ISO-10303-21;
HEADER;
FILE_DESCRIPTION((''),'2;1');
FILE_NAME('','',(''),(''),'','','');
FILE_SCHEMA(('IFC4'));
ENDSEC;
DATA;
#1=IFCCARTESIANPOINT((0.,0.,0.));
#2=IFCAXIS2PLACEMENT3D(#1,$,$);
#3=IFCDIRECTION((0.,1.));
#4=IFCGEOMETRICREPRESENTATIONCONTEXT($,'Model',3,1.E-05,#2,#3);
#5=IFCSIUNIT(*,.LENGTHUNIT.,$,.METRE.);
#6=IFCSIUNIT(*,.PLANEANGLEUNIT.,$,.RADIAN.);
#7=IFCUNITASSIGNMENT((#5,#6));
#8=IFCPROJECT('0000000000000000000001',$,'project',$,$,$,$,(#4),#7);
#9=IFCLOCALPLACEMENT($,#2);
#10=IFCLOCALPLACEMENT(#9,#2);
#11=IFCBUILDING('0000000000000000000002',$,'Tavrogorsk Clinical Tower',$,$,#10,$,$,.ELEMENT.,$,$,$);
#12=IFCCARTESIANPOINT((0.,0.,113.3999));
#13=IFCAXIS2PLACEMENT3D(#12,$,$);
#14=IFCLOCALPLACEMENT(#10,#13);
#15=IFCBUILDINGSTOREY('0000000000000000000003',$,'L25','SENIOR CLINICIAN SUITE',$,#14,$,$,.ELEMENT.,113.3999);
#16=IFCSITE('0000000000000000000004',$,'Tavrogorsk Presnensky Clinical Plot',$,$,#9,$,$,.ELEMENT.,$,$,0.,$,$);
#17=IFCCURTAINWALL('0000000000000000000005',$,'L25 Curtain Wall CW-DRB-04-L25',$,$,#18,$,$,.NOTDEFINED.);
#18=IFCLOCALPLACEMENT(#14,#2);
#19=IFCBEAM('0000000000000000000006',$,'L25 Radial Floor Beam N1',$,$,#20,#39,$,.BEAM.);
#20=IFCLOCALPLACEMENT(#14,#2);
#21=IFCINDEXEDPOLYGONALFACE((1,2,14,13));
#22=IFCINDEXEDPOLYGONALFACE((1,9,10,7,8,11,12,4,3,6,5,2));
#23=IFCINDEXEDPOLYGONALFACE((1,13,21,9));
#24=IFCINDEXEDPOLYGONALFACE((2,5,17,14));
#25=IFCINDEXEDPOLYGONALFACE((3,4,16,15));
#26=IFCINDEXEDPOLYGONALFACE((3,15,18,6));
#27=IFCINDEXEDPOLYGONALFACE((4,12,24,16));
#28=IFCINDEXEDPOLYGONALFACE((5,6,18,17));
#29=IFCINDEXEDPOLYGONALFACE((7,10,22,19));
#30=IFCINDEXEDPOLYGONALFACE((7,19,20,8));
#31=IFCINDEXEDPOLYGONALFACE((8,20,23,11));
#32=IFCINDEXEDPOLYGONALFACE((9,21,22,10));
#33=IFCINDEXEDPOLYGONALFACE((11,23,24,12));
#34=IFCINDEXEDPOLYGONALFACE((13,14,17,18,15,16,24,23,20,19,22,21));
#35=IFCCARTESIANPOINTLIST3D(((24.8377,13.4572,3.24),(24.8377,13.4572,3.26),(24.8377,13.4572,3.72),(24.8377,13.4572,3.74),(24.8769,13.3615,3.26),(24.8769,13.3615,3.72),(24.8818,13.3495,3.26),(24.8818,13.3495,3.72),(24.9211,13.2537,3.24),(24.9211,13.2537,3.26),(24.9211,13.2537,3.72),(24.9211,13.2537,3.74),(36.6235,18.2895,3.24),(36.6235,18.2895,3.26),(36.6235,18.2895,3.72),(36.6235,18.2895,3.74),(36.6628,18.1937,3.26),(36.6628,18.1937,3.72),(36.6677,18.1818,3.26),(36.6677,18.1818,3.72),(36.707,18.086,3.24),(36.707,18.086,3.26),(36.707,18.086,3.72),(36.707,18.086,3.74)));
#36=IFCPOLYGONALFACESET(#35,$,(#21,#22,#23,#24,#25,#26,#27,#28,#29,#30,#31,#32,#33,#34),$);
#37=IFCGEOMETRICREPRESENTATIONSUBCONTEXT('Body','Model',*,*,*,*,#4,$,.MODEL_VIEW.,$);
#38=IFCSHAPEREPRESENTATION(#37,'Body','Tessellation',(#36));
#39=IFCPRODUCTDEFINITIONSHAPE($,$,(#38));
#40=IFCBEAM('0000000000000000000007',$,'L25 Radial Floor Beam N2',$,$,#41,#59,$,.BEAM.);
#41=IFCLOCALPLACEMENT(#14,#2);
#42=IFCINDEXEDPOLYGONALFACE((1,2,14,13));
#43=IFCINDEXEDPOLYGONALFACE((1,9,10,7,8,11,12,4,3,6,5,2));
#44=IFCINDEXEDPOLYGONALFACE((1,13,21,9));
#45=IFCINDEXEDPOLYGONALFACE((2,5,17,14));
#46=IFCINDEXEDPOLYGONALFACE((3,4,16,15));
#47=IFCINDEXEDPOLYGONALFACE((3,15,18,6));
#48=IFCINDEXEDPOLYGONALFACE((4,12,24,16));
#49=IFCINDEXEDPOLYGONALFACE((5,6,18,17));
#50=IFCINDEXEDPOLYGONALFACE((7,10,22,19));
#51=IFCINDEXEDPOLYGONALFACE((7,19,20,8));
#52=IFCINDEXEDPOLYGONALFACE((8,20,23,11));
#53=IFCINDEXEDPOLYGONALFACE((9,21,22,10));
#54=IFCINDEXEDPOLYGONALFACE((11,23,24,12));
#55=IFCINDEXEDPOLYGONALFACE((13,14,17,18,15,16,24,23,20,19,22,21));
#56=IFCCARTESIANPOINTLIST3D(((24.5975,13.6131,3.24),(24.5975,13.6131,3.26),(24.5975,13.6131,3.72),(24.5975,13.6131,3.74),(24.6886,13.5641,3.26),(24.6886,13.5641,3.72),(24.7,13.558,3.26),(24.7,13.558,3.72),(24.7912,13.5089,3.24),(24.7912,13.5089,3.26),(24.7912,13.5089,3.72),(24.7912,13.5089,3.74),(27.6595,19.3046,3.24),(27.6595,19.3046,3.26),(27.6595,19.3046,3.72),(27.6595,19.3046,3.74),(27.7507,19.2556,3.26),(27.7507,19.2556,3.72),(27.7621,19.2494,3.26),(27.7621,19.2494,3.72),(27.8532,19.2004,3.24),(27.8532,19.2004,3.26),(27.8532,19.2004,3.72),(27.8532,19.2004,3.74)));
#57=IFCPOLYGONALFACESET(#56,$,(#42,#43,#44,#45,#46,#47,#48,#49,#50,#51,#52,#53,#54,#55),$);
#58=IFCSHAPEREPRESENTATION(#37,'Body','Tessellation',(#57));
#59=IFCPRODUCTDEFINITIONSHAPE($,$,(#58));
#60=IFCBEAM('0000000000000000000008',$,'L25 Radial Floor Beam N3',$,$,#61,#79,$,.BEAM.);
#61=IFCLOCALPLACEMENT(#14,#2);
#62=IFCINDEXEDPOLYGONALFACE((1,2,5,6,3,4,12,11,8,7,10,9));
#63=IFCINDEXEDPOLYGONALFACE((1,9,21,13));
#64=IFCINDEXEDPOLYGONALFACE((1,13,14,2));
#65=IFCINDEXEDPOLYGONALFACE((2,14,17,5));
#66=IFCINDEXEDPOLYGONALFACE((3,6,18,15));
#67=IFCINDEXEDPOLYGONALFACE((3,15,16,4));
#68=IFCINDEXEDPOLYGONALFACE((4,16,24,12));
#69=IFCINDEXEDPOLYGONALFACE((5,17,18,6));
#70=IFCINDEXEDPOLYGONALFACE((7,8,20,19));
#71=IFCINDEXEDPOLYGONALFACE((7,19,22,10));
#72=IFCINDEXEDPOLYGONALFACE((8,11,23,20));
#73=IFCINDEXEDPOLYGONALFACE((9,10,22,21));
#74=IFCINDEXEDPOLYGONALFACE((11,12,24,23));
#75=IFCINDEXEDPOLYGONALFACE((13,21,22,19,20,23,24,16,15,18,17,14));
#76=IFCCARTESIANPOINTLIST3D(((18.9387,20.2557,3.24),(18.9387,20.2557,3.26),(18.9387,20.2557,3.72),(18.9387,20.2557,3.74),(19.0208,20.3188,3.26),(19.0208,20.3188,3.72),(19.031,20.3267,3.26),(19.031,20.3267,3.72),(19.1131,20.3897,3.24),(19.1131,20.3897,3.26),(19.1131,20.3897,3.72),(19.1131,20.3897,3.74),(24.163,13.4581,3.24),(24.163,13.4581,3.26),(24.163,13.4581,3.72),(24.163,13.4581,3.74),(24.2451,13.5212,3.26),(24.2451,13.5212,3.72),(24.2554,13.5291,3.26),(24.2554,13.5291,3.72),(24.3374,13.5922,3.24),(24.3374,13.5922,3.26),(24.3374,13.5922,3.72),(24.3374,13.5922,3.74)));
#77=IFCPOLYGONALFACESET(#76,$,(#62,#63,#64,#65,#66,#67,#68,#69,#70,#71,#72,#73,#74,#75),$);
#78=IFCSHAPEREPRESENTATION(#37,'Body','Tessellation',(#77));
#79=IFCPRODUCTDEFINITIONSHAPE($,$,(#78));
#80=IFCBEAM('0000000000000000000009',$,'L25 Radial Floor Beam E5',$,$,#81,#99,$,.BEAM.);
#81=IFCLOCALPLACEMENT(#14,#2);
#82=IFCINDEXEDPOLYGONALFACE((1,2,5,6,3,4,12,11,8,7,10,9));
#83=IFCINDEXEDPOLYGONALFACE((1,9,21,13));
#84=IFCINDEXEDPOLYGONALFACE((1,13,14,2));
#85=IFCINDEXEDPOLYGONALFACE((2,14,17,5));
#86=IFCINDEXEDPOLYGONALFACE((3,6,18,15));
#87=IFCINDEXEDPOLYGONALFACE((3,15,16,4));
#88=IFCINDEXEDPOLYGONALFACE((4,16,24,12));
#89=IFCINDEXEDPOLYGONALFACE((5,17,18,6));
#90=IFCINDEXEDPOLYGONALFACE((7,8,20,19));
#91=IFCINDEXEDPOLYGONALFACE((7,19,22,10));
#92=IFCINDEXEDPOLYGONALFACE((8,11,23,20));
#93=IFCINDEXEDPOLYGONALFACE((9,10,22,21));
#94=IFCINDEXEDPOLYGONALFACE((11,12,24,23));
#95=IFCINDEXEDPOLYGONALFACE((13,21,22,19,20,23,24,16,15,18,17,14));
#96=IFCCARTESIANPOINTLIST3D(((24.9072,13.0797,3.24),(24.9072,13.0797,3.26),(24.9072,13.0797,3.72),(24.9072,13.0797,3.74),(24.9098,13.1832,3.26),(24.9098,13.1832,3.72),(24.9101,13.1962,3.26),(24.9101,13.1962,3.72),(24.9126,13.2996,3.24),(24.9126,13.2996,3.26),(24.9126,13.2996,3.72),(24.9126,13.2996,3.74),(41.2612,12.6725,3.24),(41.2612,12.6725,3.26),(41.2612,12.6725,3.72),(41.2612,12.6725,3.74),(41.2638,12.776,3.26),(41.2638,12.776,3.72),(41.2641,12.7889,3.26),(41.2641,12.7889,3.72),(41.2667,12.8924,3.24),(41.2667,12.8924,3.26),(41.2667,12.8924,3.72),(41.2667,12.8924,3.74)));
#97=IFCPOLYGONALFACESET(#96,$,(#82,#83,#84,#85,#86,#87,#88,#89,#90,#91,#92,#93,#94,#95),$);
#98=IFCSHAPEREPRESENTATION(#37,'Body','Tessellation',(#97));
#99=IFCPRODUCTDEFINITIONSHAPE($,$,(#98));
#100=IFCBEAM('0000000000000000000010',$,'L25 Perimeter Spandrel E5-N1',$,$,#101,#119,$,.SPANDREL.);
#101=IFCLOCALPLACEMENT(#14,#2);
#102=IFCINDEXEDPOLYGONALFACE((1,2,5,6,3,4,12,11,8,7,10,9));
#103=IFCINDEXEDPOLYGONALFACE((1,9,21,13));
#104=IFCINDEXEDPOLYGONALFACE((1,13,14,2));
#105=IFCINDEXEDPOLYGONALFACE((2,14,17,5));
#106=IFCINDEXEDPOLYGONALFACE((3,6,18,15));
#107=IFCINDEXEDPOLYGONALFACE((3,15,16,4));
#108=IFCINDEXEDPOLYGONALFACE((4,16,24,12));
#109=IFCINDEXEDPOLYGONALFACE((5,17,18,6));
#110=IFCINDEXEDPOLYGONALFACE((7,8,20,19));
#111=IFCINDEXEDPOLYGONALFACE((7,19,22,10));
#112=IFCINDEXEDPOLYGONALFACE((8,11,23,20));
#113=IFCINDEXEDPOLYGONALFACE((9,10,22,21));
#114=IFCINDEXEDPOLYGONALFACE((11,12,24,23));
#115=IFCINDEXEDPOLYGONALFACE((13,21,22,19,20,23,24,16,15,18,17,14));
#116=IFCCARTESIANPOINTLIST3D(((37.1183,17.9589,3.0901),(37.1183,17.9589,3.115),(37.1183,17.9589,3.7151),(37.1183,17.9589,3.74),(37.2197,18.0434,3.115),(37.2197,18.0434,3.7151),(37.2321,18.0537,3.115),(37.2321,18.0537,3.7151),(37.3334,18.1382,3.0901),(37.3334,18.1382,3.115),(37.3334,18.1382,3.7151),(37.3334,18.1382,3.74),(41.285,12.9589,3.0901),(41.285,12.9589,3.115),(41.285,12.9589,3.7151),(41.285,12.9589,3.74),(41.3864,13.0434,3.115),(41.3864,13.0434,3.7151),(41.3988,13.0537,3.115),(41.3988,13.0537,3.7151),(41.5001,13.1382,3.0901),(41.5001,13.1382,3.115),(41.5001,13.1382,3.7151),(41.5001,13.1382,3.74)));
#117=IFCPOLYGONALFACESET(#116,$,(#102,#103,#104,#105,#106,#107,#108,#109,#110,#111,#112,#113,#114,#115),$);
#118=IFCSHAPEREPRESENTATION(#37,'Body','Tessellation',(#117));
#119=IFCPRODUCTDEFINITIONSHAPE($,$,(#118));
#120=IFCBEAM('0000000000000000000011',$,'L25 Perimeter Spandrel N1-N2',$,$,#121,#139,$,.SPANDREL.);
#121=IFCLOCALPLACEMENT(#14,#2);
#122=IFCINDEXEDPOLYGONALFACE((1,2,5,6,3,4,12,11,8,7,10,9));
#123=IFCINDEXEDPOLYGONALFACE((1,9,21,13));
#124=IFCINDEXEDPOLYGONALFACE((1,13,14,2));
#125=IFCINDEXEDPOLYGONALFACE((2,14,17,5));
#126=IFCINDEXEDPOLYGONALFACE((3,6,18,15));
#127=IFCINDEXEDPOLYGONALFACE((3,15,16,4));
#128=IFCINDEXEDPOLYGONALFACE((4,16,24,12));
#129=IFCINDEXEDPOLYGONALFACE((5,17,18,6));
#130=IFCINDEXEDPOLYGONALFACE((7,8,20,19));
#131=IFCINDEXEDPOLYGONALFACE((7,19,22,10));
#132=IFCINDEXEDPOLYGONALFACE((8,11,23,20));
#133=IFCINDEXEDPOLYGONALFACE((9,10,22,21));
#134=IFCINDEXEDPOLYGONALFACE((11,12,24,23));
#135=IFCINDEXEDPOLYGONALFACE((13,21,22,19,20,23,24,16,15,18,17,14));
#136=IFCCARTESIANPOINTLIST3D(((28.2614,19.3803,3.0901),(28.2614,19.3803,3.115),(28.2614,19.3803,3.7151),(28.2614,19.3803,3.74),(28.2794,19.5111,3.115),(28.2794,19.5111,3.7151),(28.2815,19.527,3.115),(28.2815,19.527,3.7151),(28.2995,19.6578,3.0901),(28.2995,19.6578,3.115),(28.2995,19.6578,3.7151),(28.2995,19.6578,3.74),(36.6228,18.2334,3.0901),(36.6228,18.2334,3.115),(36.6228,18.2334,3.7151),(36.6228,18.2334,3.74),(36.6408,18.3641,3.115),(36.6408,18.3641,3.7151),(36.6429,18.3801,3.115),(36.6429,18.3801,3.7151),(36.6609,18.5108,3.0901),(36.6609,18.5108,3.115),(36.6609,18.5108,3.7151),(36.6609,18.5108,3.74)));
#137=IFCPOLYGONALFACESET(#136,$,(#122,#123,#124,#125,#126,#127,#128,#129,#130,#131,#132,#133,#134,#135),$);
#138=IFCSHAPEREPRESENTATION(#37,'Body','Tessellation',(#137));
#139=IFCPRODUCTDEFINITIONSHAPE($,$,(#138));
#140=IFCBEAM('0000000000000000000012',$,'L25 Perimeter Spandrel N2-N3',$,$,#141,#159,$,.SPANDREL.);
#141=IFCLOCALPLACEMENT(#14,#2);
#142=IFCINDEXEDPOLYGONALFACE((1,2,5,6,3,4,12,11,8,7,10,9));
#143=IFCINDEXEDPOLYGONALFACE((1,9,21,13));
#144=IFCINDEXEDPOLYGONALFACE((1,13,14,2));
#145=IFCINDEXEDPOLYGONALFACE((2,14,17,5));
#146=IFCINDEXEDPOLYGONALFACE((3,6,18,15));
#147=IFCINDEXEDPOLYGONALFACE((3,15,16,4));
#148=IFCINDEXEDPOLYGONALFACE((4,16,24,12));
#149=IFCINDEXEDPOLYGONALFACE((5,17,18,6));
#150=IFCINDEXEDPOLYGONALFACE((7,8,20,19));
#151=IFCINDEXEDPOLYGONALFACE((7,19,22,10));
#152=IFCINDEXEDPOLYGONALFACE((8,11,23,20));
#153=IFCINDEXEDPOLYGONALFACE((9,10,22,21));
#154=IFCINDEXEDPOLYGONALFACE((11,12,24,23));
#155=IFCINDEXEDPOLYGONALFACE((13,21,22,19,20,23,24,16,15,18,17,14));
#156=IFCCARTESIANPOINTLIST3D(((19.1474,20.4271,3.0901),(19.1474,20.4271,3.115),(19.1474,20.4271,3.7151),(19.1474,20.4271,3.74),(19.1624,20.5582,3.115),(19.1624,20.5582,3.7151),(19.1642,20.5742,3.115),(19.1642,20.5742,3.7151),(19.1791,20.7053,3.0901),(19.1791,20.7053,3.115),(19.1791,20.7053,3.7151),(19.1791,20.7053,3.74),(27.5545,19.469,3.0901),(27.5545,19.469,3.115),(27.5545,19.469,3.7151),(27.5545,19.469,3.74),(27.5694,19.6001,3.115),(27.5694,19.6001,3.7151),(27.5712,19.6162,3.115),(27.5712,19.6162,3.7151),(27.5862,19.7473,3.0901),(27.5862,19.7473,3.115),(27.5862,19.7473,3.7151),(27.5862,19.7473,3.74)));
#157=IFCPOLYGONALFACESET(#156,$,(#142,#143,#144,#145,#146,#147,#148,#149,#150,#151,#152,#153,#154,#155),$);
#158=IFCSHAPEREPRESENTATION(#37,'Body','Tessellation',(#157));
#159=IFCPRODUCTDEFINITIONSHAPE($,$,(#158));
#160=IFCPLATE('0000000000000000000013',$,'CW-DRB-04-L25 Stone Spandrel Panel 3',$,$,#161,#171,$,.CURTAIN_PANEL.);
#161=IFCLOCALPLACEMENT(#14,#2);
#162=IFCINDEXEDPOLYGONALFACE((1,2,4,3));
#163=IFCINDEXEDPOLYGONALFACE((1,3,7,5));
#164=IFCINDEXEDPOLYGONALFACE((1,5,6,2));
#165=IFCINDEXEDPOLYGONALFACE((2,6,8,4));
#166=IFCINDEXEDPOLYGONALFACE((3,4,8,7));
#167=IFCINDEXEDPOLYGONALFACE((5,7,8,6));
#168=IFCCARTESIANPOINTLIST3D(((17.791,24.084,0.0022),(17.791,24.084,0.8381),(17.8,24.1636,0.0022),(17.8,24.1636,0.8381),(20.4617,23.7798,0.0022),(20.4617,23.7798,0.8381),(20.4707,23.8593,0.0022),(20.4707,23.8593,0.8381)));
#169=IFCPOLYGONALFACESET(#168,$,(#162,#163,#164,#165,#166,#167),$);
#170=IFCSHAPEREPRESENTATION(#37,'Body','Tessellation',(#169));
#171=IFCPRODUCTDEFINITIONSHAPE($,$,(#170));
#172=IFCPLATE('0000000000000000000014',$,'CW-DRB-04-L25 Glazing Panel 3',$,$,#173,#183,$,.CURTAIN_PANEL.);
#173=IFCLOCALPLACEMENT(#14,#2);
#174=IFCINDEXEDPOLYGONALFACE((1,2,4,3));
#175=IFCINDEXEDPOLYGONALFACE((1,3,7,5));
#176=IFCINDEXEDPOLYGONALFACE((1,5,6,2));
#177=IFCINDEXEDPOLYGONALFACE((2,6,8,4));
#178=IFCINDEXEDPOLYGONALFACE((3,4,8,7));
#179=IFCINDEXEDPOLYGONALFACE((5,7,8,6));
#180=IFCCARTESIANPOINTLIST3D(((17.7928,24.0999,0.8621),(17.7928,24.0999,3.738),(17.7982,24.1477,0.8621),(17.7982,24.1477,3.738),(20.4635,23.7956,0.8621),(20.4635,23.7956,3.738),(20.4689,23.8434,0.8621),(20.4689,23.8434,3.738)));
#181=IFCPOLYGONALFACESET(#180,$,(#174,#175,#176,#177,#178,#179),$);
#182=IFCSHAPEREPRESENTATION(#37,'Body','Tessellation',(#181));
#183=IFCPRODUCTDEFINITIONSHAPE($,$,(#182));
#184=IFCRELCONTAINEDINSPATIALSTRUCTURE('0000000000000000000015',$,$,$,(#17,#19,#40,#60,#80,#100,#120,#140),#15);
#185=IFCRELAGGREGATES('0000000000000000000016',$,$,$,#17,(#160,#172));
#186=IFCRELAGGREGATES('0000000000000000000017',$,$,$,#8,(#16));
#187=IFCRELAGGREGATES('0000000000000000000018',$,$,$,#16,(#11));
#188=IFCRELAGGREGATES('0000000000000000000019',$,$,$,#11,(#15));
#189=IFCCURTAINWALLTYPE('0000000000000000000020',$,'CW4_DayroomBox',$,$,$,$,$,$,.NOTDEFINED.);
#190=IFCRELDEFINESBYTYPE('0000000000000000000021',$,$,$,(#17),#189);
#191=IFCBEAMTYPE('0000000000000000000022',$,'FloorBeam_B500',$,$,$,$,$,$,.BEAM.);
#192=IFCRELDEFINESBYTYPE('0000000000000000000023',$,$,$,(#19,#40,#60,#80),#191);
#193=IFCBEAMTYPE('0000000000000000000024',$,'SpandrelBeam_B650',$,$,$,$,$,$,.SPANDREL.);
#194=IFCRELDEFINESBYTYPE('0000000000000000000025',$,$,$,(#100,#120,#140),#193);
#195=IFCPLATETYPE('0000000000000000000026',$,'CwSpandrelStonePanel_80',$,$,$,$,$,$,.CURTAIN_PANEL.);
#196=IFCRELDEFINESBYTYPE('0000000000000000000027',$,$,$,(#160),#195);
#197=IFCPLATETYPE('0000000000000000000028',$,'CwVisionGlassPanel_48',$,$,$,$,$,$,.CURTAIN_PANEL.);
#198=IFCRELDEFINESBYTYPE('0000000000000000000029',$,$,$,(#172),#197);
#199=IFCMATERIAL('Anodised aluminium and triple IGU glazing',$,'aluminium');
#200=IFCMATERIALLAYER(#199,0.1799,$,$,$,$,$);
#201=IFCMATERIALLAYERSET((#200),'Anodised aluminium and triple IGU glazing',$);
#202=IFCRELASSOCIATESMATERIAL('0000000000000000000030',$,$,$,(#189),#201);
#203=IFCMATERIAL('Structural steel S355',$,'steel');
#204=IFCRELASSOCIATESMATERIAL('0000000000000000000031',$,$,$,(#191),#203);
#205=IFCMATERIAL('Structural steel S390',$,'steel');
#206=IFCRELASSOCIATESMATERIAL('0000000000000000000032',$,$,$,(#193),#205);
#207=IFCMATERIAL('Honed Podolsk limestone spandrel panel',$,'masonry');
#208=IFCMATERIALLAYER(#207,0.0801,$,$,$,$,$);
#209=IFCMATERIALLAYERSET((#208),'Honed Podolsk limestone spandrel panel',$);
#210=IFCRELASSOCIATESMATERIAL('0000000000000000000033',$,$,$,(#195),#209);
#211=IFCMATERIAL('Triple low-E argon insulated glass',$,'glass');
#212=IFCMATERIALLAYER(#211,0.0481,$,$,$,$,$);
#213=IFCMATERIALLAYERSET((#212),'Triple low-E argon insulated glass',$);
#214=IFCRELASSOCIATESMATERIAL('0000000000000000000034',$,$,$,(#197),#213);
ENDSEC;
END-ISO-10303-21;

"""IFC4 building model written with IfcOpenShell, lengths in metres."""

from ifc_helpers import new_model, si_unit, direction, frame, origin, origin_2d, place, context, subcontext, project, spatial, rectangle, i_section, extrude, material, layer, layer_set, material_profile, profile_set, type_object, element, aggregate, save


model = new_model("IFC4")

# Units and contexts
model_context = context("Model", 3, precision=1e-05, world=origin(), true_north=direction((0.0, 1.0)))
body_context = subcontext(model_context, "Body", "Model", "MODEL_VIEW")
ifc_project = project(units=[si_unit("LENGTHUNIT", "METRE"), si_unit("PLANEANGLEUNIT", "RADIAN")], contexts=[model_context])

# Site, building, storey
site_placement = place(None, origin())
site = spatial("IfcSite", under=ifc_project, at=site_placement, Name="Tavrogorsk Presnensky Clinical Plot", CompositionType="ELEMENT", RefElevation=0.0)
building_placement = place(site_placement, origin())
building = spatial("IfcBuilding", under=site, at=building_placement, Name="Tavrogorsk Clinical Tower", CompositionType="ELEMENT")
storey_placement = place(building_placement, frame((0.0, 0.0, 113.3999)))
storey = spatial("IfcBuildingStorey", under=building, at=storey_placement, Name="L25", Description="SENIOR CLINICIAN SUITE", CompositionType="ELEMENT", Elevation=113.3999)

# Curtain wall
ifc_material_1 = material(Name="Anodised aluminium and triple IGU glazing", Category="aluminium")
ifc_layer_1 = layer(ifc_material_1, 0.1799)
ifc_layer_set_1 = layer_set([ifc_layer_1], Name="Anodised aluminium and triple IGU glazing")
curtain_wall_type = type_object("IfcCurtainWallType", Name="CW4_DayroomBox", PredefinedType="NOTDEFINED", material=ifc_layer_set_1)
curtain_wall_placement = place(storey_placement, origin())
curtain_wall = element("IfcCurtainWall", 1, at=curtain_wall_placement, inside=storey, type_object=curtain_wall_type, Name="L25 Curtain Wall CW-DRB-04-L25", PredefinedType="NOTDEFINED")

# Beams
ifc_material_2 = material(Name="Structural steel S355", Category="steel")
ifc_material_profile_1 = material_profile(ifc_material_2, i_section(OverallWidth=0.22, OverallDepth=0.5, WebThickness=0.0129, FlangeThickness=0.02, at=origin_2d()), Name="B-500x220x13x20")
ifc_profile_set_1 = profile_set([ifc_material_profile_1], Name="Structural steel S355")
beam_type_1 = type_object("IfcBeamType", Name="FloorBeam_B500", PredefinedType="BEAM", material=ifc_profile_set_1)
beam_1_placement = place(storey_placement, frame((24.8794, 13.3555, 3.49), z_axis=(0.92525, 0.379357, 0.0), x_axis=(-0.379357, 0.92525, 0.0)))
element("IfcBeam", 2, at=beam_1_placement, inside=storey, type_object=beam_type_1, Name="L25 Radial Floor Beam N1", PredefinedType="BEAM", context=body_context, shape_type="SweptSolid", body=[
    extrude(i_section(OverallWidth=0.22, OverallDepth=0.5, WebThickness=0.0129, FlangeThickness=0.02, at=origin_2d()), origin(), (0.0, 0.0, 1.0), 12.738),
])
beam_2_placement = place(storey_placement, frame((24.6943, 13.561, 3.49), z_axis=(0.473789, 0.880638, 0.0), x_axis=(-0.880638, 0.473789, 0.0)))
element("IfcBeam", 3, at=beam_2_placement, inside=storey, type_object=beam_type_1, Name="L25 Radial Floor Beam N2", PredefinedType="BEAM", context=body_context, shape_type="SweptSolid", body=[
    extrude(i_section(OverallWidth=0.22, OverallDepth=0.5, WebThickness=0.0129, FlangeThickness=0.02, at=origin_2d()), origin(), (0.0, 0.0, 1.0), 6.4629),
])
beam_3_placement = place(storey_placement, frame((24.2502, 13.5251, 3.49), z_axis=(-0.609376, 0.792881, 0.0), x_axis=(-0.792881, -0.609376, 0.0)))
element("IfcBeam", 4, at=beam_3_placement, inside=storey, type_object=beam_type_1, Name="L25 Radial Floor Beam N3", PredefinedType="BEAM", context=body_context, shape_type="SweptSolid", body=[
    extrude(i_section(OverallWidth=0.22, OverallDepth=0.5, WebThickness=0.0129, FlangeThickness=0.02, at=origin_2d()), origin(), (0.0, 0.0, 1.0), 8.5732),
])
beam_4_placement = place(storey_placement, frame((24.9099, 13.1897, 3.49), z_axis=(0.99969, -0.024893, 0.0), x_axis=(0.024893, 0.99969, 0.0)))
element("IfcBeam", 5, at=beam_4_placement, inside=storey, type_object=beam_type_1, Name="L25 Radial Floor Beam E5", PredefinedType="BEAM", context=body_context, shape_type="SweptSolid", body=[
    extrude(i_section(OverallWidth=0.22, OverallDepth=0.5, WebThickness=0.0129, FlangeThickness=0.02, at=origin_2d()), origin(), (0.0, 0.0, 1.0), 16.3591),
])
ifc_material_3 = material(Name="Structural steel S390", Category="steel")
ifc_material_profile_2 = material_profile(ifc_material_3, i_section(OverallWidth=0.28, OverallDepth=0.6499, WebThickness=0.0161, FlangeThickness=0.0249, at=origin_2d()), Name="B-650x280x16x25")
ifc_profile_set_2 = profile_set([ifc_material_profile_2], Name="Structural steel S390")
beam_type_2 = type_object("IfcBeamType", Name="SpandrelBeam_B650", PredefinedType="SPANDREL", material=ifc_profile_set_2)
beam_5_placement = place(storey_placement, frame((41.3926, 13.0486, 3.415), z_axis=(-0.640192, 0.768215, 0.0), x_axis=(-0.768215, -0.640192, 0.0)))
element("IfcBeam", 6, at=beam_5_placement, inside=storey, type_object=beam_type_2, Name="L25 Perimeter Spandrel E5-N1", PredefinedType="SPANDREL", context=body_context, shape_type="SweptSolid", body=[
    extrude(i_section(OverallWidth=0.28, OverallDepth=0.6499, WebThickness=0.0161, FlangeThickness=0.0249, at=origin_2d()), origin(), (0.0, 0.0, 1.0), 6.5085),
])
beam_6_placement = place(storey_placement, frame((36.6418, 18.3721, 3.415), z_axis=(-0.990722, 0.135903, 0.0), x_axis=(-0.135903, -0.990722, 0.0)))
element("IfcBeam", 7, at=beam_6_placement, inside=storey, type_object=beam_type_2, Name="L25 Perimeter Spandrel N1-N2", PredefinedType="SPANDREL", context=body_context, shape_type="SweptSolid", body=[
    extrude(i_section(OverallWidth=0.28, OverallDepth=0.6499, WebThickness=0.0161, FlangeThickness=0.0249, at=origin_2d()), origin(), (0.0, 0.0, 1.0), 8.4397),
])
beam_7_placement = place(storey_placement, frame((27.5703, 19.6082, 3.415), z_axis=(-0.99357, 0.113221, 0.0), x_axis=(-0.113221, -0.99357, 0.0)))
element("IfcBeam", 8, at=beam_7_placement, inside=storey, type_object=beam_type_2, Name="L25 Perimeter Spandrel N2-N3", PredefinedType="SPANDREL", context=body_context, shape_type="SweptSolid", body=[
    extrude(i_section(OverallWidth=0.28, OverallDepth=0.6499, WebThickness=0.0161, FlangeThickness=0.0249, at=origin_2d()), origin(), (0.0, 0.0, 1.0), 8.4614),
])

# Plates
ifc_material_4 = material(Name="Honed Podolsk limestone spandrel panel", Category="masonry")
ifc_layer_2 = layer(ifc_material_4, 0.0801)
ifc_layer_set_2 = layer_set([ifc_layer_2], Name="Honed Podolsk limestone spandrel panel")
plate_type_1 = type_object("IfcPlateType", Name="CwSpandrelStonePanel_80", PredefinedType="CURTAIN_PANEL", material=ifc_layer_set_2)
plate_1_placement = place(storey_placement, frame((19.1309, 23.9717, 0.0022), z_axis=(0.0, 0.0, 1.0), x_axis=(0.993572, -0.113203, 0.0)))
plate_1 = element("IfcPlate", 9, at=plate_1_placement, type_object=plate_type_1, Name="CW-DRB-04-L25 Stone Spandrel Panel 3", PredefinedType="CURTAIN_PANEL", context=body_context, shape_type="SweptSolid", body=[
    extrude(rectangle(XDim=2.688, YDim=0.0801, at=origin_2d()), origin(), (0.0, 0.0, 1.0), 0.8359),
])
ifc_material_5 = material(Name="Triple low-E argon insulated glass", Category="glass")
ifc_layer_3 = layer(ifc_material_5, 0.0481)
ifc_layer_set_3 = layer_set([ifc_layer_3], Name="Triple low-E argon insulated glass")
plate_type_2 = type_object("IfcPlateType", Name="CwVisionGlassPanel_48", PredefinedType="CURTAIN_PANEL", material=ifc_layer_set_3)
plate_2_placement = place(storey_placement, frame((19.1309, 23.9717, 0.8621), z_axis=(0.0, 0.0, 1.0), x_axis=(0.993572, -0.113203, 0.0)))
plate_2 = element("IfcPlate", 10, at=plate_2_placement, type_object=plate_type_2, Name="CW-DRB-04-L25 Glazing Panel 3", PredefinedType="CURTAIN_PANEL", context=body_context, shape_type="SweptSolid", body=[
    extrude(rectangle(XDim=2.688, YDim=0.0481, at=origin_2d()), origin(), (0.0, 0.0, 1.0), 2.876),
])
aggregate(curtain_wall, [plate_1, plate_2])

save(model, "model.ifc")
